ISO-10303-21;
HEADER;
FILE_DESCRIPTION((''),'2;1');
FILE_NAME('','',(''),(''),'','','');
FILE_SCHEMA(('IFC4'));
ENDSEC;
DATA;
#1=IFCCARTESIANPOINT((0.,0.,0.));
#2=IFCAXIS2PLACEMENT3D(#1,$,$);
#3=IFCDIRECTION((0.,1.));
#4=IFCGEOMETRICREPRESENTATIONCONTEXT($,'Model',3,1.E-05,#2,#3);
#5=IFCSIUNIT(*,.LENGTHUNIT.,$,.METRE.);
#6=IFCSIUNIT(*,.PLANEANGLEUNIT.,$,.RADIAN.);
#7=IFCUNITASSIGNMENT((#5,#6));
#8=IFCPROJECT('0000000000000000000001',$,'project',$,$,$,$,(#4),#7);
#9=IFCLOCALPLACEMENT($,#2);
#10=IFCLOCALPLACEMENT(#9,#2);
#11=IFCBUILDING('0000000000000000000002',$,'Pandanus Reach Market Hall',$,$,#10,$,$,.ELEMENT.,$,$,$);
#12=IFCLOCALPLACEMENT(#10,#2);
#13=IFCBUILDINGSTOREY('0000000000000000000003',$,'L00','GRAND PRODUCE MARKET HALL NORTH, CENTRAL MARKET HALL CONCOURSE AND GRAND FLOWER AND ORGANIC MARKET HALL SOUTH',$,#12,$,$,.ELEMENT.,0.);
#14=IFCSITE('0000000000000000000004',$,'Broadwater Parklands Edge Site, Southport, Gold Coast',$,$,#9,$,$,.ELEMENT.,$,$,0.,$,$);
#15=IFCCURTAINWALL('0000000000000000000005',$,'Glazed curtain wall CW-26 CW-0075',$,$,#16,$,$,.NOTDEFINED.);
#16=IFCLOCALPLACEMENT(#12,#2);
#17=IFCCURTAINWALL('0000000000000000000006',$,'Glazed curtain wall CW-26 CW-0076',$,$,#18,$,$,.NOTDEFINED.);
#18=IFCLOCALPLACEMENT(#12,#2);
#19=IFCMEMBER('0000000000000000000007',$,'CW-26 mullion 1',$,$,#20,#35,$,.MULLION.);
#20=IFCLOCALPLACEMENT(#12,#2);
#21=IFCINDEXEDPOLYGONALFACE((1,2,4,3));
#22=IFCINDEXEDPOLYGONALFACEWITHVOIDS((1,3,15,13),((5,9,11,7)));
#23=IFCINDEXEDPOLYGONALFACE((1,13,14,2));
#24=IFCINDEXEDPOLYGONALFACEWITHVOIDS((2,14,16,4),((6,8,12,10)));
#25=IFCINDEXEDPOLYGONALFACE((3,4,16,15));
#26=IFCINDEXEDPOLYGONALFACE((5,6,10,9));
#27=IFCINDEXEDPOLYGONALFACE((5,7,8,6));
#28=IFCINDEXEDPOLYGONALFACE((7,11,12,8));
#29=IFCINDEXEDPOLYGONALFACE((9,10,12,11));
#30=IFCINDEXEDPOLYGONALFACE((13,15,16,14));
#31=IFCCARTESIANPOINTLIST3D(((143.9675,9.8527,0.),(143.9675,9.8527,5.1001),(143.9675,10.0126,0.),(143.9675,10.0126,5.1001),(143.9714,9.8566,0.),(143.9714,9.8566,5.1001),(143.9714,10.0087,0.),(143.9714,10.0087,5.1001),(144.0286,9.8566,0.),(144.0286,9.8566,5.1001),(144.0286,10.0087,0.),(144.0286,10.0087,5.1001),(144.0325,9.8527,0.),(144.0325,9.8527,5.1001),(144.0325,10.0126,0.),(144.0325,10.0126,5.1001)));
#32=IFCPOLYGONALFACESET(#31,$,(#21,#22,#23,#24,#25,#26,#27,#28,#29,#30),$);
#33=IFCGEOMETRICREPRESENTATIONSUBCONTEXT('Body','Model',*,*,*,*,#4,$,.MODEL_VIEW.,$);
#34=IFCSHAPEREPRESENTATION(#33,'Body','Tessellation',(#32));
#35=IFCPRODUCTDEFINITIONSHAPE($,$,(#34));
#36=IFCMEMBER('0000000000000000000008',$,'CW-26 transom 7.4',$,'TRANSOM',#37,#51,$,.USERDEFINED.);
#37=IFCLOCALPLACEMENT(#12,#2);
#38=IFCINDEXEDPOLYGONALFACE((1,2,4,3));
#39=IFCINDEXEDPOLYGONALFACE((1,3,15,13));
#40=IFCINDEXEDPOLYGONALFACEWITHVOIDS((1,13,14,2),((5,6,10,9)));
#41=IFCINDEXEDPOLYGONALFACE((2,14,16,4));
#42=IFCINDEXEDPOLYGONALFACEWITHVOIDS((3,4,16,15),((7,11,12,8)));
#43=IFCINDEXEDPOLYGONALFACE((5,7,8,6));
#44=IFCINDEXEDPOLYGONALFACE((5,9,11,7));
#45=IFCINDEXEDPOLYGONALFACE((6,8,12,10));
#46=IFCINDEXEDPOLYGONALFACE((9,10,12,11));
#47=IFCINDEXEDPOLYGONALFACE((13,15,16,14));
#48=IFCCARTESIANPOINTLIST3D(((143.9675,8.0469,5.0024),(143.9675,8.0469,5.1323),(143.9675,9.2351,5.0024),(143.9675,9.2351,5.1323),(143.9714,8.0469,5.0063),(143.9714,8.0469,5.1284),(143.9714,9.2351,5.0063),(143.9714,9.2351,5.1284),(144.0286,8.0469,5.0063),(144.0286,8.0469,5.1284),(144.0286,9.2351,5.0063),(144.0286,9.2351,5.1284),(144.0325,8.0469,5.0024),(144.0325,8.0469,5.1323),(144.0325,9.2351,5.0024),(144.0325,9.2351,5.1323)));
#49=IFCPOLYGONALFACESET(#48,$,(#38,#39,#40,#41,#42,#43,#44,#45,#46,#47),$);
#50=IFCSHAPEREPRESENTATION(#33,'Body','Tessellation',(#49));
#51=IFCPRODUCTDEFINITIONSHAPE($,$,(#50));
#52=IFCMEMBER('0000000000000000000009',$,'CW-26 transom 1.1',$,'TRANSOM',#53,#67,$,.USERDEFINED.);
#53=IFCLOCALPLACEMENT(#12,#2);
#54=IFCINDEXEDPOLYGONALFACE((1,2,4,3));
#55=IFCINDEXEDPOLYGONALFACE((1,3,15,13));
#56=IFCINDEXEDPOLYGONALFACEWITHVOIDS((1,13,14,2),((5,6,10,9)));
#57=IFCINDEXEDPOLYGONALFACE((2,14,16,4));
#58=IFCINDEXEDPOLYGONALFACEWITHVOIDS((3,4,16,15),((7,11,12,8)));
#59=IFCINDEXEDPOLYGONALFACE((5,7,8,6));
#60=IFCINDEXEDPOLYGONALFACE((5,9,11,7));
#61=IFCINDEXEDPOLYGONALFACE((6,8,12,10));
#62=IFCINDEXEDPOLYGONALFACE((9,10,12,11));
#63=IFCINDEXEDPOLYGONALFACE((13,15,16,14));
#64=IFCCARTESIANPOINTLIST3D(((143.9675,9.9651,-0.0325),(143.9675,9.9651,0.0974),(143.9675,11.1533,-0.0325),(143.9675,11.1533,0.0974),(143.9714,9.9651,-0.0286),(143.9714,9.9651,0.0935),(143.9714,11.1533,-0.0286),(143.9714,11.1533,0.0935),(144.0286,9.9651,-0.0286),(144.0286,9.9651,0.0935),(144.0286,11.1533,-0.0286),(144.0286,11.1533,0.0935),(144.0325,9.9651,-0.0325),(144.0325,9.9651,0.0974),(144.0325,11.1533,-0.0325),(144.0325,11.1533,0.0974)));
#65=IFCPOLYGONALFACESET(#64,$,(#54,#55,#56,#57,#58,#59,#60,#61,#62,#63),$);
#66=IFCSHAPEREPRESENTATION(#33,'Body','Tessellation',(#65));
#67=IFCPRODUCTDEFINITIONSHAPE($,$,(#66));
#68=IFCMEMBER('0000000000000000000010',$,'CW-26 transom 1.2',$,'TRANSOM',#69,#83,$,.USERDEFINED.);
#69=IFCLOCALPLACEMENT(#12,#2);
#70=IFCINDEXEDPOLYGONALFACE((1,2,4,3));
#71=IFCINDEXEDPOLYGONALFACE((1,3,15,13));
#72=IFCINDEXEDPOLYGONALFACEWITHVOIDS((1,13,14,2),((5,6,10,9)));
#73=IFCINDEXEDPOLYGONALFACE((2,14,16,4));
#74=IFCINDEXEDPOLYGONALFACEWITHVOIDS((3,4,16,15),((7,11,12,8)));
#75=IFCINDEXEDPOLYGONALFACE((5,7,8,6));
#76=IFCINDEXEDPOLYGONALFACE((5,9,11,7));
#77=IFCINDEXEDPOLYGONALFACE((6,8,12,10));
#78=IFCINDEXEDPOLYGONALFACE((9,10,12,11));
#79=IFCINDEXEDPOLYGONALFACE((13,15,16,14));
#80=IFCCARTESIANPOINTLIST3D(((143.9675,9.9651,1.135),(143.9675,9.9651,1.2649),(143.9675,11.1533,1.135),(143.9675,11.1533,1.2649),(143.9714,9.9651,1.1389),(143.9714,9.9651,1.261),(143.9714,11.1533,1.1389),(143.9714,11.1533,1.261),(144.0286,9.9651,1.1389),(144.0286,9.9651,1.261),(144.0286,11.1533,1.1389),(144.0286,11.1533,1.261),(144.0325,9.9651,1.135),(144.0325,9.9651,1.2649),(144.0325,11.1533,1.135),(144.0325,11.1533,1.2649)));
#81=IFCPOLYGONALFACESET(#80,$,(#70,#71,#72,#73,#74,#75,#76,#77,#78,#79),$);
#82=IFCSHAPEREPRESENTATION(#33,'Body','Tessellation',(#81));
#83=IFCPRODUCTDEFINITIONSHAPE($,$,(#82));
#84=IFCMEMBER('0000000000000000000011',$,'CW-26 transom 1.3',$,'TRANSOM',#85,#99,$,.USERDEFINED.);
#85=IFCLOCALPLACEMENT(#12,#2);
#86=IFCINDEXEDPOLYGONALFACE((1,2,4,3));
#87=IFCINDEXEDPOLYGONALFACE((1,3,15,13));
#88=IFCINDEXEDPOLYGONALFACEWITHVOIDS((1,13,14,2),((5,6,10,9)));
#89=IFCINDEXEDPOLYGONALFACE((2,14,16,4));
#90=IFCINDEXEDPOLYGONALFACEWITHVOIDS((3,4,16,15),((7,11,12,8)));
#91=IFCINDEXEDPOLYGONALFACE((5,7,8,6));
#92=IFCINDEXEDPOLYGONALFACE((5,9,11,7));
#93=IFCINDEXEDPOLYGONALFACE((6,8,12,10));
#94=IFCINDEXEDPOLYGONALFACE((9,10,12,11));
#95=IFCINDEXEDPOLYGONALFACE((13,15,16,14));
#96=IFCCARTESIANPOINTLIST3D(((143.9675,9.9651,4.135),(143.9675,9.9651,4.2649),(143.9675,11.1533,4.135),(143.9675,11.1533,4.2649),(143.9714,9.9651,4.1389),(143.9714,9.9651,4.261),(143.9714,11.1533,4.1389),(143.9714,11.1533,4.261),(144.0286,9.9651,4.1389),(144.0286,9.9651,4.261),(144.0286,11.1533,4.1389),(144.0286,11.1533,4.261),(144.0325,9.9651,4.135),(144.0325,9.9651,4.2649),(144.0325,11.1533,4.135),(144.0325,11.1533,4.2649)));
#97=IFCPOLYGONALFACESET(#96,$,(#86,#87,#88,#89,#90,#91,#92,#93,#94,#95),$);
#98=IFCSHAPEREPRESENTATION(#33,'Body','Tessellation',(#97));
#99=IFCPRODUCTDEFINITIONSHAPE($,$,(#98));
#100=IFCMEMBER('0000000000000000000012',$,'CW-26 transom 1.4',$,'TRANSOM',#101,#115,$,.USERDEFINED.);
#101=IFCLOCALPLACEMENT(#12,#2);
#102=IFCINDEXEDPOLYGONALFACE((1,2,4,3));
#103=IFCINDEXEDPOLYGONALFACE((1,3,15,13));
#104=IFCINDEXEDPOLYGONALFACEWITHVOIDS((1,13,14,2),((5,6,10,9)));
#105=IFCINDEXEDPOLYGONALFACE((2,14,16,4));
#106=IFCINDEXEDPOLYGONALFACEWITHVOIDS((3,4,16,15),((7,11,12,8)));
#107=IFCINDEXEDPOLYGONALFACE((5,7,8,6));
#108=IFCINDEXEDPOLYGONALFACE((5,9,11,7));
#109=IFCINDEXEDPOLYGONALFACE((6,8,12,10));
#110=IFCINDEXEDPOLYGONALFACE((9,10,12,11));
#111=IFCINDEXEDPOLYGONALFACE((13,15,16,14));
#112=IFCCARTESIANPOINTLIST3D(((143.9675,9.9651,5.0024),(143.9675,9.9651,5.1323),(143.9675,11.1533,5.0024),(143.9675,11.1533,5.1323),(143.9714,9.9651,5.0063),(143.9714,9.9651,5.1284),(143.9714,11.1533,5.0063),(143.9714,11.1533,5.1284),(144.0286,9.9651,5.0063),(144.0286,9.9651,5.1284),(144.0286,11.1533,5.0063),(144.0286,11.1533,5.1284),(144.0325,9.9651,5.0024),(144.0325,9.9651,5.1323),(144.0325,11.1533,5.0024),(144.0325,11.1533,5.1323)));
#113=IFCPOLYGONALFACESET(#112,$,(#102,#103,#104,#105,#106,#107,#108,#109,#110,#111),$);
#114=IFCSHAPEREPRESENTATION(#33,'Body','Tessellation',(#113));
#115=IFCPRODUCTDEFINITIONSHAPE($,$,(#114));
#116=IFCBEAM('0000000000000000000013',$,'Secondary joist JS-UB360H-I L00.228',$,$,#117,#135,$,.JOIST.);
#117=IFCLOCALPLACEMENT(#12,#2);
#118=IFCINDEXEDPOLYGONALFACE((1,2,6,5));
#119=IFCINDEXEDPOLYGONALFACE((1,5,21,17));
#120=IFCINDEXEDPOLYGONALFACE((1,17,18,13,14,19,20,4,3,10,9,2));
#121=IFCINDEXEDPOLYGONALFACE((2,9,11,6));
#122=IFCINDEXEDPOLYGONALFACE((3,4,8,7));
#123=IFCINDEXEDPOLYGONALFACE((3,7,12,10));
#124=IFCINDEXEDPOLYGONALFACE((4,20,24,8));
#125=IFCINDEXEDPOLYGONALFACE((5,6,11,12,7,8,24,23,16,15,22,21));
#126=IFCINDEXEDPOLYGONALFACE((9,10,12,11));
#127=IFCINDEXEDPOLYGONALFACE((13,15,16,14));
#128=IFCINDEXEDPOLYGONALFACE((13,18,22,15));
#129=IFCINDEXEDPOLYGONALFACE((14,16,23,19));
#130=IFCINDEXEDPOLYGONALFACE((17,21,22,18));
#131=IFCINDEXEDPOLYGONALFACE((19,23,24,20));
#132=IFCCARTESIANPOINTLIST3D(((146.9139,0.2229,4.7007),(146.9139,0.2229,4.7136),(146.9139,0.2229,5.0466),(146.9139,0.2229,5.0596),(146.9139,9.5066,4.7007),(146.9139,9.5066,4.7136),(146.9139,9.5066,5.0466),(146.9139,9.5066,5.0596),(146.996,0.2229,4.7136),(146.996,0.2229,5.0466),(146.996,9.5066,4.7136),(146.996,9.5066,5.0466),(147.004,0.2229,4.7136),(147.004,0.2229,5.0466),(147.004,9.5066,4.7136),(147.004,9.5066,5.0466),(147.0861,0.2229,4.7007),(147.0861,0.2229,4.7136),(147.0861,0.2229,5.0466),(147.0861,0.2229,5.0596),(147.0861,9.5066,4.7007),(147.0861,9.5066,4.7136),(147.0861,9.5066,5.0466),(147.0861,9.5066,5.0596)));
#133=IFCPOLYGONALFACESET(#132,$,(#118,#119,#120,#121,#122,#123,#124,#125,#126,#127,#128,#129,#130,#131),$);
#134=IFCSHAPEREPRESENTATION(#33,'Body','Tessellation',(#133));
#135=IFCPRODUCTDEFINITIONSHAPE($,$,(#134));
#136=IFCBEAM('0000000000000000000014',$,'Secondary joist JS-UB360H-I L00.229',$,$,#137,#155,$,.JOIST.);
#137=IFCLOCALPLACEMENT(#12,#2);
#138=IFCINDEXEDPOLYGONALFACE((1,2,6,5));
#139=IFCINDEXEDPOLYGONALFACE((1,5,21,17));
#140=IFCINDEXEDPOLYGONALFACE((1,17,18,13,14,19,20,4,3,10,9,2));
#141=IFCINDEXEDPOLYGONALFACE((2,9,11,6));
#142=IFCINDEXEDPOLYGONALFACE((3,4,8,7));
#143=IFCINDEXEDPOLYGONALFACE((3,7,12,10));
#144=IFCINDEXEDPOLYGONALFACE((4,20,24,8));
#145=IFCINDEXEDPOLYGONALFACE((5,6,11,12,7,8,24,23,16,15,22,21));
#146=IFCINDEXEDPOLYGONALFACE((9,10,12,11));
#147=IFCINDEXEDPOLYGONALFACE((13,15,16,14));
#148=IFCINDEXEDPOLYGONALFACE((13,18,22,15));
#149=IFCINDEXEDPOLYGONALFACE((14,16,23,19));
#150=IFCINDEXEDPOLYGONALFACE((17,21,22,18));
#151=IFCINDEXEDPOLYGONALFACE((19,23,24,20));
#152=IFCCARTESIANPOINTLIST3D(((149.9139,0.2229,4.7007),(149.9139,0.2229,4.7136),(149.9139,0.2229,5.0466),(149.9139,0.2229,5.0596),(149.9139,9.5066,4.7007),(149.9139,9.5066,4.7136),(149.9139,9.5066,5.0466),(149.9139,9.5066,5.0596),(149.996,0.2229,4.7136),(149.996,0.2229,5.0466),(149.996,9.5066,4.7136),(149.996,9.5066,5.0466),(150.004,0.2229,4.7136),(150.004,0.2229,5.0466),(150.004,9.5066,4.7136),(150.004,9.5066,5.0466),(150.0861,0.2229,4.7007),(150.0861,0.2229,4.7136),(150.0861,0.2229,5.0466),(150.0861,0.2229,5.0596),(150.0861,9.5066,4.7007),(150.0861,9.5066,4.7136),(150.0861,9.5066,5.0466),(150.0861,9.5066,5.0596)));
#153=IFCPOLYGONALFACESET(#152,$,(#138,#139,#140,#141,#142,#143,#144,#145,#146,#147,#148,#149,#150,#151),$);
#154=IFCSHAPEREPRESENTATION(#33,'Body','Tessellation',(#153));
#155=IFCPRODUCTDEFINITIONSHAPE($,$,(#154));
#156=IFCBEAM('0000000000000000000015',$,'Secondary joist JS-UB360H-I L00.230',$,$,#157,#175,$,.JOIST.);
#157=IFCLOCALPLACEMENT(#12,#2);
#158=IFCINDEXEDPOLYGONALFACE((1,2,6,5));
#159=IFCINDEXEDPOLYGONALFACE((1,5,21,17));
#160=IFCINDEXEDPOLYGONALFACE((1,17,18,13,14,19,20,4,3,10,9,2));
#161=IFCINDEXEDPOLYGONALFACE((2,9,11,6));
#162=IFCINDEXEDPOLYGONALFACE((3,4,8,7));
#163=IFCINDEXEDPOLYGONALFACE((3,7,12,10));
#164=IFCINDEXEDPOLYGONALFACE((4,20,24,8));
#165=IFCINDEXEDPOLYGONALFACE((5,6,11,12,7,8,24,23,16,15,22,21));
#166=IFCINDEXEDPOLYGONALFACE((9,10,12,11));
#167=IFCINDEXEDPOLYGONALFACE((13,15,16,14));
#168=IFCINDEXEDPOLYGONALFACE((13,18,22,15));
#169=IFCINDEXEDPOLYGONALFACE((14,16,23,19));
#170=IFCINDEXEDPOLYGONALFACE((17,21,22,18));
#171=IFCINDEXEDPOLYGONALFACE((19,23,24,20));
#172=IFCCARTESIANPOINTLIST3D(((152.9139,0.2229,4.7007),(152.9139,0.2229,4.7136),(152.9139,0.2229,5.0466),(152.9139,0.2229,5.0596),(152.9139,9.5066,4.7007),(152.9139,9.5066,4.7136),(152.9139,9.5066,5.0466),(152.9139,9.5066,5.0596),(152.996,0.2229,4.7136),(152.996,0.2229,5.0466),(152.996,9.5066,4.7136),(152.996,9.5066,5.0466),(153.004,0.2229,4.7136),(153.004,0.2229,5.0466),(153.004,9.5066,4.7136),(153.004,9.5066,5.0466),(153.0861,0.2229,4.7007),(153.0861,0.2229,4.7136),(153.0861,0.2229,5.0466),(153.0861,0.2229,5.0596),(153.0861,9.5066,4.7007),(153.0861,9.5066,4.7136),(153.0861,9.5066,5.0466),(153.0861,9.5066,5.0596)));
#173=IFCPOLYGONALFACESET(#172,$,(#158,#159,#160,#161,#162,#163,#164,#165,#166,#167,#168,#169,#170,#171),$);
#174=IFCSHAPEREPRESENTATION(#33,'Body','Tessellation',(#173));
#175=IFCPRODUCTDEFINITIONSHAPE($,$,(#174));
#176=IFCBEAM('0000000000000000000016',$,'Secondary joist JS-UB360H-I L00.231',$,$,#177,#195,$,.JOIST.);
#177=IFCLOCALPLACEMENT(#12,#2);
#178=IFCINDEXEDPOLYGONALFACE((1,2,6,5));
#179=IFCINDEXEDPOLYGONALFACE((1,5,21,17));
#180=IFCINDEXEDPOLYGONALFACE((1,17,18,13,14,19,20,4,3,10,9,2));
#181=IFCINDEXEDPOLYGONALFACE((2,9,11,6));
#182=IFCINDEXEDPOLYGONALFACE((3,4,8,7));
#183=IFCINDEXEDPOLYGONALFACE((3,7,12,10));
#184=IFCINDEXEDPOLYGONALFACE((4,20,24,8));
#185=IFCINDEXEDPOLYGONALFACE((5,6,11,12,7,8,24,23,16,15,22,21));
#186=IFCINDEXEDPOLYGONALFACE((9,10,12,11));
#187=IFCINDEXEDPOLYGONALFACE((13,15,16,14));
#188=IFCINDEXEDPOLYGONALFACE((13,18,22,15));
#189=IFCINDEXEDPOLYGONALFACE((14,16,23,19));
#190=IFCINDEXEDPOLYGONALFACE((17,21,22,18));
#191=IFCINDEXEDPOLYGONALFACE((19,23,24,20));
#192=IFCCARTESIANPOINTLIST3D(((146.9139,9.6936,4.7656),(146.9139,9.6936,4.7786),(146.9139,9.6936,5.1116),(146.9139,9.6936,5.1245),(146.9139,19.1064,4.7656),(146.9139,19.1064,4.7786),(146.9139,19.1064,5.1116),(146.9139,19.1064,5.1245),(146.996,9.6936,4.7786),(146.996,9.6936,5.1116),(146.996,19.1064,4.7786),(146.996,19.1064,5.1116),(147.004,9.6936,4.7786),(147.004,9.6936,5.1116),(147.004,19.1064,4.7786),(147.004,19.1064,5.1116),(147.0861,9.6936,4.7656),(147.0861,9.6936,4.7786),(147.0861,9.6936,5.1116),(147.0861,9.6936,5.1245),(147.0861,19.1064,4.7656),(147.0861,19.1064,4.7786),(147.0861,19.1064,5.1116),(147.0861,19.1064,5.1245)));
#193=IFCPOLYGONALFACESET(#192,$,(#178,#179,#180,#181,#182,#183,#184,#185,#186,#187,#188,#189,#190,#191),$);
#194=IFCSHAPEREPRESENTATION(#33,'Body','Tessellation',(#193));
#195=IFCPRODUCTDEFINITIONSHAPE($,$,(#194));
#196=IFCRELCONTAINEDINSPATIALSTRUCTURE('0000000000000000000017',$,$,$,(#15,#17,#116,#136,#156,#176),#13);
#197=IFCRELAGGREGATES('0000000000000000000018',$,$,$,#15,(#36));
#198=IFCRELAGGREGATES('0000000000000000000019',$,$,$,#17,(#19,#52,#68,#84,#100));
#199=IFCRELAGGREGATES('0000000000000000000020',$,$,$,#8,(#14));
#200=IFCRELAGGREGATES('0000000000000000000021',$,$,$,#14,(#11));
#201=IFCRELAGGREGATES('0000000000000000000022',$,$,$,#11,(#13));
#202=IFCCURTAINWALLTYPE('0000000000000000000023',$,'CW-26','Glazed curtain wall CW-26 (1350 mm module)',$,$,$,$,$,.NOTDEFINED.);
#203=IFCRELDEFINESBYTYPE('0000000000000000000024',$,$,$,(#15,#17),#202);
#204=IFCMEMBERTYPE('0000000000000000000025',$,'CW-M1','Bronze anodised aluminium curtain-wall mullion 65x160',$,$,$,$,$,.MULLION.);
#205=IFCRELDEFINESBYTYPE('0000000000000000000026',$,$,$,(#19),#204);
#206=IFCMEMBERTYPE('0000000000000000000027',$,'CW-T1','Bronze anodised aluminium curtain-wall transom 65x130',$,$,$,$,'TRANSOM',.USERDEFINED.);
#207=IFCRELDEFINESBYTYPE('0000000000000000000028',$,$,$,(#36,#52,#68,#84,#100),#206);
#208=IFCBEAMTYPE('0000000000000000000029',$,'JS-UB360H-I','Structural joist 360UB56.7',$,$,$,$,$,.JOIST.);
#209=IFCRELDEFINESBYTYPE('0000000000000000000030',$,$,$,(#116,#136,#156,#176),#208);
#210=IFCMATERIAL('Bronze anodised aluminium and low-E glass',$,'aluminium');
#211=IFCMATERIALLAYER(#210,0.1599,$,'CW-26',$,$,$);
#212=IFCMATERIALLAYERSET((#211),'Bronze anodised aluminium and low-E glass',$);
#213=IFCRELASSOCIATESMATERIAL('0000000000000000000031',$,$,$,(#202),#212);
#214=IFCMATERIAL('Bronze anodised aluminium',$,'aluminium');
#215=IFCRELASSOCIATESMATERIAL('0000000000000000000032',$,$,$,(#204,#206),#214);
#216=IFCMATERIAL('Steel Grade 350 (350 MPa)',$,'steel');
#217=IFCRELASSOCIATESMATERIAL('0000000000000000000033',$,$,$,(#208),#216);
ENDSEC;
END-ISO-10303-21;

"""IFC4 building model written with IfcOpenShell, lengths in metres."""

from ifc_helpers import new_model, si_unit, direction, frame, origin, origin_2d, place, context, subcontext, project, spatial, hollow_rectangle, i_section, extrude, material, layer, layer_set, material_profile, profile_set, type_object, element, aggregate, save


model = new_model("IFC4")

# Units and contexts
model_context = context("Model", 3, precision=1e-05, world=origin(), true_north=direction((0.0, 1.0)))
body_context = subcontext(model_context, "Body", "Model", "MODEL_VIEW")
ifc_project = project(units=[si_unit("LENGTHUNIT", "METRE"), si_unit("PLANEANGLEUNIT", "RADIAN")], contexts=[model_context])

# Site, building, storey
site_placement = place(None, origin())
site = spatial("IfcSite", under=ifc_project, at=site_placement, Name="Broadwater Parklands Edge Site, Southport, Gold Coast", CompositionType="ELEMENT", RefElevation=0.0)
building_placement = place(site_placement, origin())
building = spatial("IfcBuilding", under=site, at=building_placement, Name="Pandanus Reach Market Hall", CompositionType="ELEMENT")
storey_placement = place(building_placement, origin())
storey = spatial("IfcBuildingStorey", under=building, at=storey_placement, Name="L00", Description="GRAND PRODUCE MARKET HALL NORTH, CENTRAL MARKET HALL CONCOURSE AND GRAND FLOWER AND ORGANIC MARKET HALL SOUTH", CompositionType="ELEMENT", Elevation=0.0)

# Shared definitions
ifc_material_1 = material(Name="Steel Grade 350 (350 MPa)", Category="steel")

# Curtain walls, member
ifc_material_2 = material(Name="Bronze anodised aluminium and low-E glass", Category="aluminium")
ifc_layer_1 = layer(ifc_material_2, 0.1599, Name="CW-26")
ifc_layer_set_1 = layer_set([ifc_layer_1], Name="Bronze anodised aluminium and low-E glass")
curtain_wall_type = type_object("IfcCurtainWallType", Name="CW-26", Description="Glazed curtain wall CW-26 (1350 mm module)", PredefinedType="NOTDEFINED", material=ifc_layer_set_1)
curtain_wall_1_placement = place(storey_placement, origin())
curtain_wall_1 = element("IfcCurtainWall", 1, at=curtain_wall_1_placement, inside=storey, type_object=curtain_wall_type, Name="Glazed curtain wall CW-26 CW-0075", PredefinedType="NOTDEFINED")
ifc_material_3 = material(Name="Bronze anodised aluminium", Category="aluminium")
ifc_material_profile_1 = material_profile(ifc_material_3, hollow_rectangle(XDim=0.0649, YDim=0.1599, WallThickness=0.0039, at=origin_2d()), Name="ALU65x160", Category="LoadBearing")
ifc_profile_set_1 = profile_set([ifc_material_profile_1], Name="Bronze anodised aluminium")
member_type_1 = type_object("IfcMemberType", Name="CW-M1", Description="Bronze anodised aluminium curtain-wall mullion 65x160", PredefinedType="MULLION", material=ifc_profile_set_1)
curtain_wall_2_placement = place(storey_placement, origin())
curtain_wall_2 = element("IfcCurtainWall", 2, at=curtain_wall_2_placement, inside=storey, type_object=curtain_wall_type, Name="Glazed curtain wall CW-26 CW-0076", PredefinedType="NOTDEFINED")
member_1_placement = place(storey_placement, frame((144.0, 9.9326, 0.0), z_axis=(0.0, 0.0, 1.0), x_axis=(-1.0, 0.0, 0.0)))
member_1 = element("IfcMember", 3, at=member_1_placement, type_object=member_type_1, Name="CW-26 mullion 1", PredefinedType="MULLION", context=body_context, shape_type="SweptSolid", body=[
    extrude(hollow_rectangle(XDim=0.0649, YDim=0.1599, WallThickness=0.0039, at=origin_2d()), origin(), (0.0, 0.0, 1.0), 5.1001),
])

# Members
ifc_material_profile_2 = material_profile(ifc_material_3, hollow_rectangle(XDim=0.0649, YDim=0.1299, WallThickness=0.0039, at=origin_2d()), Name="ALU65x130", Category="LoadBearing")
ifc_profile_set_2 = profile_set([ifc_material_profile_2], Name="Bronze anodised aluminium")
member_type_2 = type_object("IfcMemberType", Name="CW-T1", Description="Bronze anodised aluminium curtain-wall transom 65x130", ElementType="TRANSOM", PredefinedType="USERDEFINED", material=ifc_profile_set_2)
member_2_placement = place(storey_placement, frame((144.0, 8.0469, 5.0674), z_axis=(0.0, 1.0, 0.0), x_axis=(-1.0, 0.0, 0.0)))
member_2 = element("IfcMember", 4, at=member_2_placement, type_object=member_type_2, Name="CW-26 transom 7.4", ObjectType="TRANSOM", PredefinedType="USERDEFINED", context=body_context, shape_type="SweptSolid", body=[
    extrude(hollow_rectangle(XDim=0.0649, YDim=0.1299, WallThickness=0.0039, at=origin_2d()), origin(), (0.0, 0.0, 1.0), 1.1882),
])
member_3_placement = place(storey_placement, frame((144.0, 9.9651, 0.0325), z_axis=(0.0, 1.0, 0.0), x_axis=(-1.0, 0.0, 0.0)))
member_3 = element("IfcMember", 5, at=member_3_placement, type_object=member_type_2, Name="CW-26 transom 1.1", ObjectType="TRANSOM", PredefinedType="USERDEFINED", context=body_context, shape_type="SweptSolid", body=[
    extrude(hollow_rectangle(XDim=0.0649, YDim=0.1299, WallThickness=0.0039, at=origin_2d()), origin(), (0.0, 0.0, 1.0), 1.1882),
])
member_4_placement = place(storey_placement, frame((144.0, 9.9651, 1.2), z_axis=(0.0, 1.0, 0.0), x_axis=(-1.0, 0.0, 0.0)))
member_4 = element("IfcMember", 6, at=member_4_placement, type_object=member_type_2, Name="CW-26 transom 1.2", ObjectType="TRANSOM", PredefinedType="USERDEFINED", context=body_context, shape_type="SweptSolid", body=[
    extrude(hollow_rectangle(XDim=0.0649, YDim=0.1299, WallThickness=0.0039, at=origin_2d()), origin(), (0.0, 0.0, 1.0), 1.1882),
])
member_5_placement = place(storey_placement, frame((144.0, 9.9651, 4.2), z_axis=(0.0, 1.0, 0.0), x_axis=(-1.0, 0.0, 0.0)))
member_5 = element("IfcMember", 7, at=member_5_placement, type_object=member_type_2, Name="CW-26 transom 1.3", ObjectType="TRANSOM", PredefinedType="USERDEFINED", context=body_context, shape_type="SweptSolid", body=[
    extrude(hollow_rectangle(XDim=0.0649, YDim=0.1299, WallThickness=0.0039, at=origin_2d()), origin(), (0.0, 0.0, 1.0), 1.1882),
])
member_6_placement = place(storey_placement, frame((144.0, 9.9651, 5.0674), z_axis=(0.0, 1.0, 0.0), x_axis=(-1.0, 0.0, 0.0)))
member_6 = element("IfcMember", 8, at=member_6_placement, type_object=member_type_2, Name="CW-26 transom 1.4", ObjectType="TRANSOM", PredefinedType="USERDEFINED", context=body_context, shape_type="SweptSolid", body=[
    extrude(hollow_rectangle(XDim=0.0649, YDim=0.1299, WallThickness=0.0039, at=origin_2d()), origin(), (0.0, 0.0, 1.0), 1.1882),
])

# Beams
ifc_material_profile_3 = material_profile(ifc_material_1, i_section(OverallWidth=0.1721, OverallDepth=0.3589, WebThickness=0.0081, FlangeThickness=0.0129, at=origin_2d()), Name="360UB56.7", Category="LoadBearing")
ifc_profile_set_3 = profile_set([ifc_material_profile_3], Name="Steel Grade 350 (350 MPa)")
beam_type_1 = type_object("IfcBeamType", Name="JS-UB360H-I", Description="Structural joist 360UB56.7", PredefinedType="JOIST", material=ifc_profile_set_3)
for number, where, z_axis, x_axis, name in (
    (9, (147.0, 0.2229, 4.8801), (0.0, 1.0, 0.0), (-1.0, 0.0, 0.0), "Secondary joist JS-UB360H-I L00.228"),
    (10, (150.0, 0.2229, 4.8801), (0.0, 1.0, 0.0), (-1.0, 0.0, 0.0), "Secondary joist JS-UB360H-I L00.229"),
    (11, (153.0, 0.2229, 4.8801), (0.0, 1.0, 0.0), (-1.0, 0.0, 0.0), "Secondary joist JS-UB360H-I L00.230"),
):
    element("IfcBeam", number, at=place(storey_placement, frame(where, z_axis=z_axis, x_axis=x_axis)), inside=storey, type_object=beam_type_1, Name=name, PredefinedType="JOIST", context=body_context, shape_type="SweptSolid", body=[
        extrude(i_section(OverallWidth=0.1721, OverallDepth=0.3589, WebThickness=0.0081, FlangeThickness=0.0129, at=origin_2d()), origin(), (0.0, 0.0, 1.0), 9.2837),
    ])
for number, where, z_axis, x_axis, name in (
    (12, (147.0, 9.6936, 4.9451), (0.0, 1.0, 0.0), (-1.0, 0.0, 0.0), "Secondary joist JS-UB360H-I L00.231"),
):
    element("IfcBeam", number, at=place(storey_placement, frame(where, z_axis=z_axis, x_axis=x_axis)), inside=storey, type_object=beam_type_1, Name=name, PredefinedType="JOIST", context=body_context, shape_type="SweptSolid", body=[
        extrude(i_section(OverallWidth=0.1721, OverallDepth=0.3589, WebThickness=0.0081, FlangeThickness=0.0129, at=origin_2d()), origin(), (0.0, 0.0, 1.0), 9.4128),
    ])

aggregate(curtain_wall_1, [member_2])
aggregate(curtain_wall_2, [member_1, member_3, member_4, member_5, member_6])

save(model, "model.ifc")
